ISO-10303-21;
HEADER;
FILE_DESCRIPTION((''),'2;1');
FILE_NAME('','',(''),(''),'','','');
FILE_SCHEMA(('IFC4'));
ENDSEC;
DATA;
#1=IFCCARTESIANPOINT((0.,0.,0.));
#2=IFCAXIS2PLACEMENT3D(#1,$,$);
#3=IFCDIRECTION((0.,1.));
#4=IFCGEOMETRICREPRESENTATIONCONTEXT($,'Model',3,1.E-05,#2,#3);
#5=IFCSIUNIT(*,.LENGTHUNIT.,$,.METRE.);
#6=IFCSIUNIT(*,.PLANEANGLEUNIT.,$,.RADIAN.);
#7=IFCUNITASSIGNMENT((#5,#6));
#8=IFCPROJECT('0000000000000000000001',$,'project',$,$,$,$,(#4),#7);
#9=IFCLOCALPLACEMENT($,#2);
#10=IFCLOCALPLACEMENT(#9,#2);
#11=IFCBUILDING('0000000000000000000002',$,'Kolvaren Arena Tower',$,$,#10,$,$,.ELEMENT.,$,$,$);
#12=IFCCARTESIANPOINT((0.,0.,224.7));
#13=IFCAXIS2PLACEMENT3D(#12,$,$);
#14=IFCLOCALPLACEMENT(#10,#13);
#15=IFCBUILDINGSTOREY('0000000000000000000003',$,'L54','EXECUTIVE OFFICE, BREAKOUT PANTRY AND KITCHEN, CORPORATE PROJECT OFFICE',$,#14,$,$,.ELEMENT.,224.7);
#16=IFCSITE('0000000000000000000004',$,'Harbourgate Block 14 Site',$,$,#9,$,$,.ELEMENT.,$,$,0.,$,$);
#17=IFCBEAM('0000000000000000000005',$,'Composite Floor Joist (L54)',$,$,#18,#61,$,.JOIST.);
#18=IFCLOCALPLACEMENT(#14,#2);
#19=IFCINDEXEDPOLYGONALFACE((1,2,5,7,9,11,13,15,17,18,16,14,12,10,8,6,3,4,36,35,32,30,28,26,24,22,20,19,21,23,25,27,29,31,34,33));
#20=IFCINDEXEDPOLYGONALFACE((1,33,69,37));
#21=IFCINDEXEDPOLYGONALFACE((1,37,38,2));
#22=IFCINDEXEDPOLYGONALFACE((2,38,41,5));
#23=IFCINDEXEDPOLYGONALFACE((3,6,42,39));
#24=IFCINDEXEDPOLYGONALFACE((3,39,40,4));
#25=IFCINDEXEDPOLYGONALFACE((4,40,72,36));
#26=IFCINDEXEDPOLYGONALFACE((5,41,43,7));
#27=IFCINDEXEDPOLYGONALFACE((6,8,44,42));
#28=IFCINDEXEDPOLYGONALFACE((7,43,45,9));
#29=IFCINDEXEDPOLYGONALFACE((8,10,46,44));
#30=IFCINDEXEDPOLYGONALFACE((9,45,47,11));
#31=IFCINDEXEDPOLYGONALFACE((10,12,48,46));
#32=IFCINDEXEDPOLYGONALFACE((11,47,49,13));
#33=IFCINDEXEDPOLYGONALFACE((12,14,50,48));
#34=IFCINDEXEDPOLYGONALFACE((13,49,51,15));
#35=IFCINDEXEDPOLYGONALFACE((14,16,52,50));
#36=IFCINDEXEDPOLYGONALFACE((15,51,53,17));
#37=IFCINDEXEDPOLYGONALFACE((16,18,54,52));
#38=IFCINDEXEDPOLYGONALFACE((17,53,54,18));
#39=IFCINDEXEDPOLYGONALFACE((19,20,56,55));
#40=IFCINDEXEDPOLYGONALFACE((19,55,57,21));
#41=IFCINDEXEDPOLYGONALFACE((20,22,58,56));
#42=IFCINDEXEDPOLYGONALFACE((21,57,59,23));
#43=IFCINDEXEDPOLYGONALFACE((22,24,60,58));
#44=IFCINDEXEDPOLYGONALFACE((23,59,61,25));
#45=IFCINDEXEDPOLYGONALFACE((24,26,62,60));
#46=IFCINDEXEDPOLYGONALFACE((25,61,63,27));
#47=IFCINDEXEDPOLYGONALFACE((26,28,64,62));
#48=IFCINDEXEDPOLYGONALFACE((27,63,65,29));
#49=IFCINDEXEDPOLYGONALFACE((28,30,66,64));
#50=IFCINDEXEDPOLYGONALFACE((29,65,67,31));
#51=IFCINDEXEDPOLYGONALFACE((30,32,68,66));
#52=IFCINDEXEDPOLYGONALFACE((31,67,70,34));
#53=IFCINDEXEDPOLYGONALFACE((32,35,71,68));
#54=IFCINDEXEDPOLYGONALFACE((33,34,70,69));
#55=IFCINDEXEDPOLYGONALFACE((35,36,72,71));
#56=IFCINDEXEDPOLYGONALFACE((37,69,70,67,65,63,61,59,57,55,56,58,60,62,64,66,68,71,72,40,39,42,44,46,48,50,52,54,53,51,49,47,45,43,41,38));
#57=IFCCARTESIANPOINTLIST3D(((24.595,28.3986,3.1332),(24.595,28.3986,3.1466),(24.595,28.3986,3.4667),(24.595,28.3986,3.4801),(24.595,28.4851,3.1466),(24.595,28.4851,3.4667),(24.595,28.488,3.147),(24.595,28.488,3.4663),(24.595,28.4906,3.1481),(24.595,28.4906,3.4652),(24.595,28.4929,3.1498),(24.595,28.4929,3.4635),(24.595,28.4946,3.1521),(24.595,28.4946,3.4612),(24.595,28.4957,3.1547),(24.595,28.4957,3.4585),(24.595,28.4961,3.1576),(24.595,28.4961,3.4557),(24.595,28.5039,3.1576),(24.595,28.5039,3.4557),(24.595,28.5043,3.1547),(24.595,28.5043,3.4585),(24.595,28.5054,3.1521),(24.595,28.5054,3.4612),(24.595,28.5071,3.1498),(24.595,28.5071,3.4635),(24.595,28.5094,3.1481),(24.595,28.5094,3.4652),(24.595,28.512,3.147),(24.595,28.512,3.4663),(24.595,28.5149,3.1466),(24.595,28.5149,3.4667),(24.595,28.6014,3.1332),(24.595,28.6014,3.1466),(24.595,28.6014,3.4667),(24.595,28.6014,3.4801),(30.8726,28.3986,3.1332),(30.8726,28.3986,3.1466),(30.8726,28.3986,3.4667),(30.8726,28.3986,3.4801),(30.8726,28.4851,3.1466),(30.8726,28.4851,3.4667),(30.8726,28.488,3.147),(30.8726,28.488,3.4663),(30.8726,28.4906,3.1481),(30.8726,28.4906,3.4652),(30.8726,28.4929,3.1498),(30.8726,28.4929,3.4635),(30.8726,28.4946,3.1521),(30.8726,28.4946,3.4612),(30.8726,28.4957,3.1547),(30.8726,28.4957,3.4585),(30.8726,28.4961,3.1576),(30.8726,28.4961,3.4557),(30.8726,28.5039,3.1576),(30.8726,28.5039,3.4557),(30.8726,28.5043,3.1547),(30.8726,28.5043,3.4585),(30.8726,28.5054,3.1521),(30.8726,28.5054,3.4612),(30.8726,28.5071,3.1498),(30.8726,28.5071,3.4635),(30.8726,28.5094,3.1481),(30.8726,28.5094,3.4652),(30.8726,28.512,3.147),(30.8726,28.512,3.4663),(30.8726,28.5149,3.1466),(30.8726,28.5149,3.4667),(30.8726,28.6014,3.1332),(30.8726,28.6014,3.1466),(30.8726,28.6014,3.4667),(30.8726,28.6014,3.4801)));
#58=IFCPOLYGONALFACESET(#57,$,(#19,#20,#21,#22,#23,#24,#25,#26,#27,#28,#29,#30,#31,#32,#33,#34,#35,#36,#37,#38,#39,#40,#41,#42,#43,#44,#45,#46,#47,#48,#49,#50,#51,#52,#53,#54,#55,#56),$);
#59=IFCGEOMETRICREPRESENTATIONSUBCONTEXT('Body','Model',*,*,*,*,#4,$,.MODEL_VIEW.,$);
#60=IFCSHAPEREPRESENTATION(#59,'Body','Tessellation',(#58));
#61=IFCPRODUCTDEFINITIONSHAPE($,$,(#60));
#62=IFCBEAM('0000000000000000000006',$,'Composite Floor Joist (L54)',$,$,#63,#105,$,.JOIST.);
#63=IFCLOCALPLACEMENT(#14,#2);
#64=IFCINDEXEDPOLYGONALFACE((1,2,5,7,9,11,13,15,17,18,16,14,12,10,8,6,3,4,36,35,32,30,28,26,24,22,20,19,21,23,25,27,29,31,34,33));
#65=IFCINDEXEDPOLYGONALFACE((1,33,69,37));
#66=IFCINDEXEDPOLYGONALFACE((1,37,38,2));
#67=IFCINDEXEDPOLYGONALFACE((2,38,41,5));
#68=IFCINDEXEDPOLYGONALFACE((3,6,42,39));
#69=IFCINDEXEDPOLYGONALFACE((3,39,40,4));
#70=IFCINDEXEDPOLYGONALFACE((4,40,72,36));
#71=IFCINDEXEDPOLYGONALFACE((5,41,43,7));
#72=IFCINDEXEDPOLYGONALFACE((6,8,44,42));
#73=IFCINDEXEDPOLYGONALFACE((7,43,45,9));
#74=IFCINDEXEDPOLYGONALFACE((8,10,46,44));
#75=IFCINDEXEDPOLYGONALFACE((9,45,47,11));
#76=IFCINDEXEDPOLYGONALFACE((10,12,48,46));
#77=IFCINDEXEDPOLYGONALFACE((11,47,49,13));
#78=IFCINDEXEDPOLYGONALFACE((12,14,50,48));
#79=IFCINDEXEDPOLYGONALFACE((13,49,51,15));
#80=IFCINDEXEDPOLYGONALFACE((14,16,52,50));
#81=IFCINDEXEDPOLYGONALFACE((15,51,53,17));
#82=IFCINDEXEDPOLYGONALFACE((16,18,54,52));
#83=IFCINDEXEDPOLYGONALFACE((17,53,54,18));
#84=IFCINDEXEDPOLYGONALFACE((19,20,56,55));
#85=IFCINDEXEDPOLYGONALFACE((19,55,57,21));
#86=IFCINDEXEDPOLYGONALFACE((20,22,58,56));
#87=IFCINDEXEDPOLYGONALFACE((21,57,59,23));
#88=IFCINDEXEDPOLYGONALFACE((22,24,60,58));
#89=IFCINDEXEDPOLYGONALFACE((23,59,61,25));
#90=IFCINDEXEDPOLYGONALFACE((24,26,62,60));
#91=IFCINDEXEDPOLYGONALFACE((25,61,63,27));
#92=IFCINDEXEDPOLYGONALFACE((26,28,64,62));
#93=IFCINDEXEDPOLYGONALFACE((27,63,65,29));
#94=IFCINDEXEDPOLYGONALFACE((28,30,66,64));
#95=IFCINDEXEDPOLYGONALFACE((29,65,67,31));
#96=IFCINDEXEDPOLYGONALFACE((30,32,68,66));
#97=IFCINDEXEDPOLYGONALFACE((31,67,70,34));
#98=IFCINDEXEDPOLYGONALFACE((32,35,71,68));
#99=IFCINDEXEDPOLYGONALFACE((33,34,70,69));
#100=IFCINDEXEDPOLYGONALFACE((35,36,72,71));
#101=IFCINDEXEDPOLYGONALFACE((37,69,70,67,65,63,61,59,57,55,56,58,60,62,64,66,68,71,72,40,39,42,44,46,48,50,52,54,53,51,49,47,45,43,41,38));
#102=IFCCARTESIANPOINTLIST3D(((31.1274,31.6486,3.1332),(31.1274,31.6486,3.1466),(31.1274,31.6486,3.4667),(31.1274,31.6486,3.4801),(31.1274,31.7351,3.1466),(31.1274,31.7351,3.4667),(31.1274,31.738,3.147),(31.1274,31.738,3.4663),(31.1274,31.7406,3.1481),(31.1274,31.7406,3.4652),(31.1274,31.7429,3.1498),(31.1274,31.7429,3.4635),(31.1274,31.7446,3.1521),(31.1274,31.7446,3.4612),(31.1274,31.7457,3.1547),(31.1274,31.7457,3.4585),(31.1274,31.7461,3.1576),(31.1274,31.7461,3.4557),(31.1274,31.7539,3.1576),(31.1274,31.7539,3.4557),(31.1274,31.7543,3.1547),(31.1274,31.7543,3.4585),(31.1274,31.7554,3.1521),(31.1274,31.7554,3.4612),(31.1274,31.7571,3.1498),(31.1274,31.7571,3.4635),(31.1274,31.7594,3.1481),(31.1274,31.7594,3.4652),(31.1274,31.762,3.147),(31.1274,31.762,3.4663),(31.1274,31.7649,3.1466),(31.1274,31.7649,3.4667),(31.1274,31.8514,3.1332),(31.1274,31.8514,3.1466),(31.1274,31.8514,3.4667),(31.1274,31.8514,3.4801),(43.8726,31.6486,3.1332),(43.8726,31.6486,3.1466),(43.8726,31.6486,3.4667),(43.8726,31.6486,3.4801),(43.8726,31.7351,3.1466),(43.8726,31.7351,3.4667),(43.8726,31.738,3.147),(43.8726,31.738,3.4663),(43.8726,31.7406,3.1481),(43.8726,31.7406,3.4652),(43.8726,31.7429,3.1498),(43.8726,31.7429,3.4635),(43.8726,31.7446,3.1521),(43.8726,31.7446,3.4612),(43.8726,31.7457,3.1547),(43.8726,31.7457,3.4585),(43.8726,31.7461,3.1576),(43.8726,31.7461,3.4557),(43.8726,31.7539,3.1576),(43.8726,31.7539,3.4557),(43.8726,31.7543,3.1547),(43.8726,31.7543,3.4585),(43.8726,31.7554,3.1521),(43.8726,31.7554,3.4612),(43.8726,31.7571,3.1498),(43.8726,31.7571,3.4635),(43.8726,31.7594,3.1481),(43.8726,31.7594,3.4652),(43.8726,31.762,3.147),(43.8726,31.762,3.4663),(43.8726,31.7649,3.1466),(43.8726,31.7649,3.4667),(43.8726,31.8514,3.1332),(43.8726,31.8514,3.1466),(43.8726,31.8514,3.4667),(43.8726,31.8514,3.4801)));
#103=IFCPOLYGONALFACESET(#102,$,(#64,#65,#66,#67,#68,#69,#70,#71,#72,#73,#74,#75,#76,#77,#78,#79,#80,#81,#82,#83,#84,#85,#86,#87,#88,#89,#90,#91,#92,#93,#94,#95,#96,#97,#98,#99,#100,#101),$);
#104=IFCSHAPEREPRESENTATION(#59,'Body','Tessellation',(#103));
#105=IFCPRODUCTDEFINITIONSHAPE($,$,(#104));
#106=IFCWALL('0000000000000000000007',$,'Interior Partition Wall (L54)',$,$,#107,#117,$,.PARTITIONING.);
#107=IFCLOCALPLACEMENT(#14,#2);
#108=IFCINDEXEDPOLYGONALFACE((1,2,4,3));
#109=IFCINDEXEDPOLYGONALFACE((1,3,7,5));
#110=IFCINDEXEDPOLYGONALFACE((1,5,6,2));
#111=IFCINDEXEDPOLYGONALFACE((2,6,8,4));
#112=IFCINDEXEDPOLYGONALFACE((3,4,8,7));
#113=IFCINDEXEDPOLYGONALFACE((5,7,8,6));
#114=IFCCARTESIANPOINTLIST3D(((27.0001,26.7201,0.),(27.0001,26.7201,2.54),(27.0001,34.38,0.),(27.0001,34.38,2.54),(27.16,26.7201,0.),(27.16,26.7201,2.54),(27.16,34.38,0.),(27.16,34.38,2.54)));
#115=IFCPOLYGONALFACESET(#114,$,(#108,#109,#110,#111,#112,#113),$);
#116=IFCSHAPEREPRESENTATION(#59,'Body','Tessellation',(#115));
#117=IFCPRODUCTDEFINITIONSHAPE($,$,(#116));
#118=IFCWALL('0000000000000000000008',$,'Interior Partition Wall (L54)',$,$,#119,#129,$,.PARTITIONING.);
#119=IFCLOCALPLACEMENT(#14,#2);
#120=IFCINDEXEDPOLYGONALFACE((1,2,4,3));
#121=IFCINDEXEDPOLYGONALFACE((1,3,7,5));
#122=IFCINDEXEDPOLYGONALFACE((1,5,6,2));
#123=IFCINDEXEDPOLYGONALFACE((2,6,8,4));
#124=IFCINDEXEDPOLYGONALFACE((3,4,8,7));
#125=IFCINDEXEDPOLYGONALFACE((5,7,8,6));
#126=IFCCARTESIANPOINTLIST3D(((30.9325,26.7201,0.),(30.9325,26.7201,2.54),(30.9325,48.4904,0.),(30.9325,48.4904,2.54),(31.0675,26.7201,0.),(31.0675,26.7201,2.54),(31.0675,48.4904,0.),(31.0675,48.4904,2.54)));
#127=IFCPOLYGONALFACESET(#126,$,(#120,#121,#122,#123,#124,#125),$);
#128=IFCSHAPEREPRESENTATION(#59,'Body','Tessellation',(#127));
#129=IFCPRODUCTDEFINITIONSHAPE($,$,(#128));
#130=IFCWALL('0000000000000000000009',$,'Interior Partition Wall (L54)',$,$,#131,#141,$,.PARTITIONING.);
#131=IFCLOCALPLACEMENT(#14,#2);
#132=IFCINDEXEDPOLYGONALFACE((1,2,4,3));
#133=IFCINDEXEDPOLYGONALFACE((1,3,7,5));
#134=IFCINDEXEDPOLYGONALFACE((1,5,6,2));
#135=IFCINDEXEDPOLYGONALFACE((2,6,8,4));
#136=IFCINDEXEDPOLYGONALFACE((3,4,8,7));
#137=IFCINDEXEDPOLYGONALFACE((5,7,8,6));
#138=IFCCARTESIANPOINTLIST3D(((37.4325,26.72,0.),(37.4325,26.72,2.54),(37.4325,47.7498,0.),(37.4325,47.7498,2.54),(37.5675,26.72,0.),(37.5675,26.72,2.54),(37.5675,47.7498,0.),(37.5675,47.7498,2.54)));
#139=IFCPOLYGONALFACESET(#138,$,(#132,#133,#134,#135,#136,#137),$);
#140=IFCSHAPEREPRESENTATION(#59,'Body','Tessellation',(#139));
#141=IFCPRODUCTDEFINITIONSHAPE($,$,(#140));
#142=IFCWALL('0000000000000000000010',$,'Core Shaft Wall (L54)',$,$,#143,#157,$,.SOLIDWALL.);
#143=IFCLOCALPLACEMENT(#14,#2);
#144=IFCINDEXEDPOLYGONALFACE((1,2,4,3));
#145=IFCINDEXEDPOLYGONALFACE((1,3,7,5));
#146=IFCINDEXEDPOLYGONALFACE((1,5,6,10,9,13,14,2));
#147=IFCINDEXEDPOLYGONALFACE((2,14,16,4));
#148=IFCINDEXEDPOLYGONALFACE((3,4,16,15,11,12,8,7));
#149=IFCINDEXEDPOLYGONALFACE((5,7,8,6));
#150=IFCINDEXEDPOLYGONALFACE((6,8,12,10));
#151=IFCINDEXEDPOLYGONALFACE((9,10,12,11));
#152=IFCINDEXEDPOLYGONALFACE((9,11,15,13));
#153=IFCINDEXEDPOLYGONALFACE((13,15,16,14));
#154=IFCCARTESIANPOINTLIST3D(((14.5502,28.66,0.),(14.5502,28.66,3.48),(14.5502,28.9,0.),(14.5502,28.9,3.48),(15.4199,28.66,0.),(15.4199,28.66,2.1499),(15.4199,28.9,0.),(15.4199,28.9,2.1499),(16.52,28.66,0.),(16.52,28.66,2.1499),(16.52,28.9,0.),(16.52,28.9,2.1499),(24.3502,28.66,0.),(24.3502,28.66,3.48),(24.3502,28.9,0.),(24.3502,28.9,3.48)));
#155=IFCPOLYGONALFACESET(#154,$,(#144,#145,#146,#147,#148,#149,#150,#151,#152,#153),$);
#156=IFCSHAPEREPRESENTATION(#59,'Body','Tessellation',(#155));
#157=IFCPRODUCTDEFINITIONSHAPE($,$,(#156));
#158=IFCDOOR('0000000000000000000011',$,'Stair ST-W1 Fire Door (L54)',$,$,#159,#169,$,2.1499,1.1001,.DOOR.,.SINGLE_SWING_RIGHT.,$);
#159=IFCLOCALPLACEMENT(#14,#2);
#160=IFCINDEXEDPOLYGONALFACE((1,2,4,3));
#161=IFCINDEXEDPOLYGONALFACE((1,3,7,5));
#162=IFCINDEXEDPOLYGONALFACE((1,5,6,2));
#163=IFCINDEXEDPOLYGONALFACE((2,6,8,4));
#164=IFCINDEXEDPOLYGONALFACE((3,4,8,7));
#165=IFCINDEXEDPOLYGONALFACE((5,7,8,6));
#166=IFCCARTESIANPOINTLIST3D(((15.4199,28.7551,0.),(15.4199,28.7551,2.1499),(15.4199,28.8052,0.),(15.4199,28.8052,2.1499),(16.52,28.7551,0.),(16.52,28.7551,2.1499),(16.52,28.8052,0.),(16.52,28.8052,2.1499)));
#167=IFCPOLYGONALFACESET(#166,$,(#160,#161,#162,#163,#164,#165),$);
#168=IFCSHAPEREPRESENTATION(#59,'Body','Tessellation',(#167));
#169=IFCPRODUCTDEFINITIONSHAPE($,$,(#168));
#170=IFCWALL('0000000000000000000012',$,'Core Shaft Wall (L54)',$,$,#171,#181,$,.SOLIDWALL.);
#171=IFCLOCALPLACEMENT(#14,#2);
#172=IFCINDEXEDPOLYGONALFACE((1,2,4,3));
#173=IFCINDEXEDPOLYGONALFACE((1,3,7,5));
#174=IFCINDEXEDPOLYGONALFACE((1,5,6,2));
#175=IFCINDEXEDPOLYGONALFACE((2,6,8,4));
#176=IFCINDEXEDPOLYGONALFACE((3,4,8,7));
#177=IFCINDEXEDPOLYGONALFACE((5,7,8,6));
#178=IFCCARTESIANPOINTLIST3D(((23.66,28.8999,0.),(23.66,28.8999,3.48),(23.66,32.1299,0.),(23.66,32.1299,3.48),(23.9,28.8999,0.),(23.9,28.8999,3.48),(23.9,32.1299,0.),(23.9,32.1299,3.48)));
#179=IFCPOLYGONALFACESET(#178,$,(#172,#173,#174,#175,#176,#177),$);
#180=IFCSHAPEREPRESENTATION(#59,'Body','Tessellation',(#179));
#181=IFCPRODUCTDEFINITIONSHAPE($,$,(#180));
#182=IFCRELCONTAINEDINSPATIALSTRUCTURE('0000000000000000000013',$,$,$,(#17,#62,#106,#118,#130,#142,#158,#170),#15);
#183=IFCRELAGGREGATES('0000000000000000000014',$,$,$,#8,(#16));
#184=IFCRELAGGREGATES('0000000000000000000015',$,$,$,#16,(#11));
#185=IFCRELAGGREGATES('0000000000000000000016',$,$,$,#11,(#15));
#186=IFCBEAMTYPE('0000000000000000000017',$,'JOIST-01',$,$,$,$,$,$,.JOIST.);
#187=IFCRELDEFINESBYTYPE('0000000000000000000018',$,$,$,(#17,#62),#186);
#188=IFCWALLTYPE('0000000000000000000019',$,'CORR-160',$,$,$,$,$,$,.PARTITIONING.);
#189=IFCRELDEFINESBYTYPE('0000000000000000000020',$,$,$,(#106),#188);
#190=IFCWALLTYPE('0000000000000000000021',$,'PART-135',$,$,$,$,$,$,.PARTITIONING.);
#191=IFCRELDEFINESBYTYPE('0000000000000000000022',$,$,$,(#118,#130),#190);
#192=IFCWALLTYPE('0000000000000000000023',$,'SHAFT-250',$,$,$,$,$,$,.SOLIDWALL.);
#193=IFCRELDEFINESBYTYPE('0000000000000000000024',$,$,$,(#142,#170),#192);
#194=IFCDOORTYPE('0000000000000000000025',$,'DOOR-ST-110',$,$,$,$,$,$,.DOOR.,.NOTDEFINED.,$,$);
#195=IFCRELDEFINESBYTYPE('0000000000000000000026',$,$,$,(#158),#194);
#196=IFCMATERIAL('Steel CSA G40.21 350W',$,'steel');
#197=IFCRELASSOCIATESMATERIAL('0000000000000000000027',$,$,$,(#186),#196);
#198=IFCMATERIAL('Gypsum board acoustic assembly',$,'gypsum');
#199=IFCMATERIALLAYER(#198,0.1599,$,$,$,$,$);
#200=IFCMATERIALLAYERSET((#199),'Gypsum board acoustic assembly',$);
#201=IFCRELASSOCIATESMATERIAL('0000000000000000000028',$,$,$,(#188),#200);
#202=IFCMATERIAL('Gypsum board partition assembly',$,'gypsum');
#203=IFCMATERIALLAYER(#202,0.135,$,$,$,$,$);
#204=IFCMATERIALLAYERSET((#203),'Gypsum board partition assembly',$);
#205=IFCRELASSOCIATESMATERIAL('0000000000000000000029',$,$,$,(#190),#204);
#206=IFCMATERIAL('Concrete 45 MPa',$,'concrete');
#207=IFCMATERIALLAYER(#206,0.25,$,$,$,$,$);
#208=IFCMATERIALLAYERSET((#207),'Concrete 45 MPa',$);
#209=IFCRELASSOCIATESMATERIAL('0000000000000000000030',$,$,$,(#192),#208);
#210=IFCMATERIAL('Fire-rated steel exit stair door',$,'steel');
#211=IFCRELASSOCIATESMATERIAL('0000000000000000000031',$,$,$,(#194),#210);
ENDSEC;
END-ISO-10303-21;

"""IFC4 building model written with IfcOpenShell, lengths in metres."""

from ifc_helpers import new_model, si_unit, direction, frame, frame_2d, origin, origin_2d, place, context, subcontext, project, spatial, rectangle, i_section, extrude, material, layer, layer_set, material_profile, profile_set, type_object, element, fill, save


model = new_model("IFC4")

# Units and contexts
model_context = context("Model", 3, precision=1e-05, world=origin(), true_north=direction((0.0, 1.0)))
body_context = subcontext(model_context, "Body", "Model", "MODEL_VIEW")
ifc_project = project(units=[si_unit("LENGTHUNIT", "METRE"), si_unit("PLANEANGLEUNIT", "RADIAN")], contexts=[model_context])

# Site, building, storey
site_placement = place(None, origin())
site = spatial("IfcSite", under=ifc_project, at=site_placement, Name="Harbourgate Block 14 Site", CompositionType="ELEMENT", RefElevation=0.0)
building_placement = place(site_placement, origin())
building = spatial("IfcBuilding", under=site, at=building_placement, Name="Kolvaren Arena Tower", CompositionType="ELEMENT")
storey_placement = place(building_placement, frame((0.0, 0.0, 224.7)))
storey = spatial("IfcBuildingStorey", under=building, at=storey_placement, Name="L54", Description="EXECUTIVE OFFICE, BREAKOUT PANTRY AND KITCHEN, CORPORATE PROJECT OFFICE", CompositionType="ELEMENT", Elevation=224.7)

# Beams
ifc_material_1 = material(Name="Steel CSA G40.21 350W", Category="steel")
ifc_material_profile_1 = material_profile(ifc_material_1, i_section(OverallWidth=0.2029, OverallDepth=0.3469, WebThickness=0.0078, FlangeThickness=0.0134, FilletRadius=0.011, at=origin_2d()), Name="W360x64")
ifc_profile_set_1 = profile_set([ifc_material_profile_1], Name="Steel CSA G40.21 350W")
beam_type_1 = type_object("IfcBeamType", Name="JOIST-01", PredefinedType="JOIST", material=ifc_profile_set_1)
beam_1_placement = place(storey_placement, frame((24.595, 28.5, 3.3066), z_axis=(1.0, 0.0, 0.0), x_axis=(0.0, 1.0, 0.0)))
element("IfcBeam", 1, at=beam_1_placement, inside=storey, type_object=beam_type_1, Name="Composite Floor Joist (L54)", PredefinedType="JOIST", context=body_context, shape_type="SweptSolid", body=[
    extrude(i_section(OverallWidth=0.2029, OverallDepth=0.3469, WebThickness=0.0078, FlangeThickness=0.0134, FilletRadius=0.011, at=origin_2d()), origin(), (0.0, 0.0, 1.0), 6.2776),
])
beam_2_placement = place(storey_placement, frame((31.1274, 31.75, 3.3066), z_axis=(1.0, 0.0, 0.0), x_axis=(0.0, 1.0, 0.0)))
element("IfcBeam", 2, at=beam_2_placement, inside=storey, type_object=beam_type_1, Name="Composite Floor Joist (L54)", PredefinedType="JOIST", context=body_context, shape_type="SweptSolid", body=[
    extrude(i_section(OverallWidth=0.2029, OverallDepth=0.3469, WebThickness=0.0078, FlangeThickness=0.0134, FilletRadius=0.011, at=origin_2d()), origin(), (0.0, 0.0, 1.0), 12.7451),
])

# Shared definitions
ifc_material_2 = material(Name="Gypsum board acoustic assembly", Category="gypsum")
ifc_layer_1 = layer(ifc_material_2, 0.1599)
ifc_layer_set_1 = layer_set([ifc_layer_1], Name="Gypsum board acoustic assembly")
wall_type_1 = type_object("IfcWallType", Name="CORR-160", PredefinedType="PARTITIONING", material=ifc_layer_set_1)

# Wall
wall_1_placement = place(storey_placement, frame((27.0801, 26.72, 0.0), z_axis=(0.0, 0.0, 1.0), x_axis=(0.0, 1.0, 0.0)))
element("IfcWall", 3, at=wall_1_placement, inside=storey, type_object=wall_type_1, Name="Interior Partition Wall (L54)", PredefinedType="PARTITIONING", context=body_context, shape_type="SweptSolid", body=[
    extrude(rectangle(XDim=7.6599, YDim=0.1599, at=frame_2d((3.8301, 0.0))), origin(), (0.0, 0.0, 1.0), 2.54),
])

# Walls
ifc_material_3 = material(Name="Gypsum board partition assembly", Category="gypsum")
ifc_layer_2 = layer(ifc_material_3, 0.135)
ifc_layer_set_2 = layer_set([ifc_layer_2], Name="Gypsum board partition assembly")
wall_type_2 = type_object("IfcWallType", Name="PART-135", PredefinedType="PARTITIONING", material=ifc_layer_set_2)
wall_2_placement = place(storey_placement, frame((31.0, 26.72, 0.0), z_axis=(0.0, 0.0, 1.0), x_axis=(0.0, 1.0, 0.0)))
element("IfcWall", 4, at=wall_2_placement, inside=storey, type_object=wall_type_2, Name="Interior Partition Wall (L54)", PredefinedType="PARTITIONING", context=body_context, shape_type="SweptSolid", body=[
    extrude(rectangle(XDim=21.7703, YDim=0.135, at=frame_2d((10.8853, 0.0))), origin(), (0.0, 0.0, 1.0), 2.54),
])
wall_3_placement = place(storey_placement, frame((37.5, 26.72, 0.0), z_axis=(0.0, 0.0, 1.0), x_axis=(0.0, 1.0, 0.0)))
element("IfcWall", 5, at=wall_3_placement, inside=storey, type_object=wall_type_2, Name="Interior Partition Wall (L54)", PredefinedType="PARTITIONING", context=body_context, shape_type="SweptSolid", body=[
    extrude(rectangle(XDim=21.0298, YDim=0.135, at=frame_2d((10.5149, 0.0))), origin(), (0.0, 0.0, 1.0), 2.54),
])

# Wall, opening, door
ifc_material_4 = material(Name="Concrete 45 MPa", Category="concrete")
ifc_layer_3 = layer(ifc_material_4, 0.25)
ifc_layer_set_3 = layer_set([ifc_layer_3], Name="Concrete 45 MPa")
wall_type_3 = type_object("IfcWallType", Name="SHAFT-250", PredefinedType="SOLIDWALL", material=ifc_layer_set_3)
wall_4_placement = place(storey_placement, frame((24.3501, 28.78, 0.0), z_axis=(0.0, 0.0, 1.0), x_axis=(-1.0, 0.0, 0.0)))
wall_4 = element("IfcWall", 6, at=wall_4_placement, inside=storey, type_object=wall_type_3, Name="Core Shaft Wall (L54)", PredefinedType="SOLIDWALL", context=body_context, shape_type="SweptSolid", body=[
    extrude(rectangle(XDim=9.8, YDim=0.24, at=frame_2d((4.8999, 0.0))), origin(), (0.0, 0.0, 1.0), 3.48),
])
opening_1_placement = place(wall_4_placement, frame((7.8301, 0.0, 0.0)))
opening_1 = element("IfcOpeningElement", 7, at=opening_1_placement, cuts=wall_4, PredefinedType="OPENING", context=body_context, shape_type="SweptSolid", body=[
    extrude(rectangle(XDim=1.1001, YDim=2.1499, at=frame_2d((0.55, 1.075))), frame((0.0, 0.1299, 0.0), z_axis=(0.0, -1.0, 0.0), x_axis=(1.0, 0.0, 0.0)), (0.0, 0.0, 1.0), 0.26),
])
ifc_material_5 = material(Name="Fire-rated steel exit stair door", Category="steel")
door_type_1 = type_object("IfcDoorType", Name="DOOR-ST-110", OperationType="NOTDEFINED", PredefinedType="DOOR", material=ifc_material_5)
door_1_placement = place(opening_1_placement, origin())
door_1 = element("IfcDoor", 8, at=door_1_placement, inside=storey, type_object=door_type_1, Name="Stair ST-W1 Fire Door (L54)", OperationType="SINGLE_SWING_RIGHT", OverallHeight=2.1499, OverallWidth=1.1001, PredefinedType="DOOR", context=body_context, shape_type="SweptSolid", body=[
    extrude(rectangle(XDim=1.1001, YDim=2.1499, at=frame_2d((0.55, 1.075))), frame((0.0, 0.0249, 0.0), z_axis=(0.0, -1.0, 0.0), x_axis=(1.0, 0.0, 0.0)), (0.0, 0.0, 1.0), 0.05),
])
fill(opening_1, door_1)

# Wall
wall_5_placement = place(storey_placement, frame((23.78, 28.8999, 0.0), z_axis=(0.0, 0.0, 1.0), x_axis=(0.0, 1.0, 0.0)))
element("IfcWall", 9, at=wall_5_placement, inside=storey, type_object=wall_type_3, Name="Core Shaft Wall (L54)", PredefinedType="SOLIDWALL", context=body_context, shape_type="SweptSolid", body=[
    extrude(rectangle(XDim=3.23, YDim=0.24, at=frame_2d((1.615, 0.0))), origin(), (0.0, 0.0, 1.0), 3.48),
])

save(model, "model.ifc")
